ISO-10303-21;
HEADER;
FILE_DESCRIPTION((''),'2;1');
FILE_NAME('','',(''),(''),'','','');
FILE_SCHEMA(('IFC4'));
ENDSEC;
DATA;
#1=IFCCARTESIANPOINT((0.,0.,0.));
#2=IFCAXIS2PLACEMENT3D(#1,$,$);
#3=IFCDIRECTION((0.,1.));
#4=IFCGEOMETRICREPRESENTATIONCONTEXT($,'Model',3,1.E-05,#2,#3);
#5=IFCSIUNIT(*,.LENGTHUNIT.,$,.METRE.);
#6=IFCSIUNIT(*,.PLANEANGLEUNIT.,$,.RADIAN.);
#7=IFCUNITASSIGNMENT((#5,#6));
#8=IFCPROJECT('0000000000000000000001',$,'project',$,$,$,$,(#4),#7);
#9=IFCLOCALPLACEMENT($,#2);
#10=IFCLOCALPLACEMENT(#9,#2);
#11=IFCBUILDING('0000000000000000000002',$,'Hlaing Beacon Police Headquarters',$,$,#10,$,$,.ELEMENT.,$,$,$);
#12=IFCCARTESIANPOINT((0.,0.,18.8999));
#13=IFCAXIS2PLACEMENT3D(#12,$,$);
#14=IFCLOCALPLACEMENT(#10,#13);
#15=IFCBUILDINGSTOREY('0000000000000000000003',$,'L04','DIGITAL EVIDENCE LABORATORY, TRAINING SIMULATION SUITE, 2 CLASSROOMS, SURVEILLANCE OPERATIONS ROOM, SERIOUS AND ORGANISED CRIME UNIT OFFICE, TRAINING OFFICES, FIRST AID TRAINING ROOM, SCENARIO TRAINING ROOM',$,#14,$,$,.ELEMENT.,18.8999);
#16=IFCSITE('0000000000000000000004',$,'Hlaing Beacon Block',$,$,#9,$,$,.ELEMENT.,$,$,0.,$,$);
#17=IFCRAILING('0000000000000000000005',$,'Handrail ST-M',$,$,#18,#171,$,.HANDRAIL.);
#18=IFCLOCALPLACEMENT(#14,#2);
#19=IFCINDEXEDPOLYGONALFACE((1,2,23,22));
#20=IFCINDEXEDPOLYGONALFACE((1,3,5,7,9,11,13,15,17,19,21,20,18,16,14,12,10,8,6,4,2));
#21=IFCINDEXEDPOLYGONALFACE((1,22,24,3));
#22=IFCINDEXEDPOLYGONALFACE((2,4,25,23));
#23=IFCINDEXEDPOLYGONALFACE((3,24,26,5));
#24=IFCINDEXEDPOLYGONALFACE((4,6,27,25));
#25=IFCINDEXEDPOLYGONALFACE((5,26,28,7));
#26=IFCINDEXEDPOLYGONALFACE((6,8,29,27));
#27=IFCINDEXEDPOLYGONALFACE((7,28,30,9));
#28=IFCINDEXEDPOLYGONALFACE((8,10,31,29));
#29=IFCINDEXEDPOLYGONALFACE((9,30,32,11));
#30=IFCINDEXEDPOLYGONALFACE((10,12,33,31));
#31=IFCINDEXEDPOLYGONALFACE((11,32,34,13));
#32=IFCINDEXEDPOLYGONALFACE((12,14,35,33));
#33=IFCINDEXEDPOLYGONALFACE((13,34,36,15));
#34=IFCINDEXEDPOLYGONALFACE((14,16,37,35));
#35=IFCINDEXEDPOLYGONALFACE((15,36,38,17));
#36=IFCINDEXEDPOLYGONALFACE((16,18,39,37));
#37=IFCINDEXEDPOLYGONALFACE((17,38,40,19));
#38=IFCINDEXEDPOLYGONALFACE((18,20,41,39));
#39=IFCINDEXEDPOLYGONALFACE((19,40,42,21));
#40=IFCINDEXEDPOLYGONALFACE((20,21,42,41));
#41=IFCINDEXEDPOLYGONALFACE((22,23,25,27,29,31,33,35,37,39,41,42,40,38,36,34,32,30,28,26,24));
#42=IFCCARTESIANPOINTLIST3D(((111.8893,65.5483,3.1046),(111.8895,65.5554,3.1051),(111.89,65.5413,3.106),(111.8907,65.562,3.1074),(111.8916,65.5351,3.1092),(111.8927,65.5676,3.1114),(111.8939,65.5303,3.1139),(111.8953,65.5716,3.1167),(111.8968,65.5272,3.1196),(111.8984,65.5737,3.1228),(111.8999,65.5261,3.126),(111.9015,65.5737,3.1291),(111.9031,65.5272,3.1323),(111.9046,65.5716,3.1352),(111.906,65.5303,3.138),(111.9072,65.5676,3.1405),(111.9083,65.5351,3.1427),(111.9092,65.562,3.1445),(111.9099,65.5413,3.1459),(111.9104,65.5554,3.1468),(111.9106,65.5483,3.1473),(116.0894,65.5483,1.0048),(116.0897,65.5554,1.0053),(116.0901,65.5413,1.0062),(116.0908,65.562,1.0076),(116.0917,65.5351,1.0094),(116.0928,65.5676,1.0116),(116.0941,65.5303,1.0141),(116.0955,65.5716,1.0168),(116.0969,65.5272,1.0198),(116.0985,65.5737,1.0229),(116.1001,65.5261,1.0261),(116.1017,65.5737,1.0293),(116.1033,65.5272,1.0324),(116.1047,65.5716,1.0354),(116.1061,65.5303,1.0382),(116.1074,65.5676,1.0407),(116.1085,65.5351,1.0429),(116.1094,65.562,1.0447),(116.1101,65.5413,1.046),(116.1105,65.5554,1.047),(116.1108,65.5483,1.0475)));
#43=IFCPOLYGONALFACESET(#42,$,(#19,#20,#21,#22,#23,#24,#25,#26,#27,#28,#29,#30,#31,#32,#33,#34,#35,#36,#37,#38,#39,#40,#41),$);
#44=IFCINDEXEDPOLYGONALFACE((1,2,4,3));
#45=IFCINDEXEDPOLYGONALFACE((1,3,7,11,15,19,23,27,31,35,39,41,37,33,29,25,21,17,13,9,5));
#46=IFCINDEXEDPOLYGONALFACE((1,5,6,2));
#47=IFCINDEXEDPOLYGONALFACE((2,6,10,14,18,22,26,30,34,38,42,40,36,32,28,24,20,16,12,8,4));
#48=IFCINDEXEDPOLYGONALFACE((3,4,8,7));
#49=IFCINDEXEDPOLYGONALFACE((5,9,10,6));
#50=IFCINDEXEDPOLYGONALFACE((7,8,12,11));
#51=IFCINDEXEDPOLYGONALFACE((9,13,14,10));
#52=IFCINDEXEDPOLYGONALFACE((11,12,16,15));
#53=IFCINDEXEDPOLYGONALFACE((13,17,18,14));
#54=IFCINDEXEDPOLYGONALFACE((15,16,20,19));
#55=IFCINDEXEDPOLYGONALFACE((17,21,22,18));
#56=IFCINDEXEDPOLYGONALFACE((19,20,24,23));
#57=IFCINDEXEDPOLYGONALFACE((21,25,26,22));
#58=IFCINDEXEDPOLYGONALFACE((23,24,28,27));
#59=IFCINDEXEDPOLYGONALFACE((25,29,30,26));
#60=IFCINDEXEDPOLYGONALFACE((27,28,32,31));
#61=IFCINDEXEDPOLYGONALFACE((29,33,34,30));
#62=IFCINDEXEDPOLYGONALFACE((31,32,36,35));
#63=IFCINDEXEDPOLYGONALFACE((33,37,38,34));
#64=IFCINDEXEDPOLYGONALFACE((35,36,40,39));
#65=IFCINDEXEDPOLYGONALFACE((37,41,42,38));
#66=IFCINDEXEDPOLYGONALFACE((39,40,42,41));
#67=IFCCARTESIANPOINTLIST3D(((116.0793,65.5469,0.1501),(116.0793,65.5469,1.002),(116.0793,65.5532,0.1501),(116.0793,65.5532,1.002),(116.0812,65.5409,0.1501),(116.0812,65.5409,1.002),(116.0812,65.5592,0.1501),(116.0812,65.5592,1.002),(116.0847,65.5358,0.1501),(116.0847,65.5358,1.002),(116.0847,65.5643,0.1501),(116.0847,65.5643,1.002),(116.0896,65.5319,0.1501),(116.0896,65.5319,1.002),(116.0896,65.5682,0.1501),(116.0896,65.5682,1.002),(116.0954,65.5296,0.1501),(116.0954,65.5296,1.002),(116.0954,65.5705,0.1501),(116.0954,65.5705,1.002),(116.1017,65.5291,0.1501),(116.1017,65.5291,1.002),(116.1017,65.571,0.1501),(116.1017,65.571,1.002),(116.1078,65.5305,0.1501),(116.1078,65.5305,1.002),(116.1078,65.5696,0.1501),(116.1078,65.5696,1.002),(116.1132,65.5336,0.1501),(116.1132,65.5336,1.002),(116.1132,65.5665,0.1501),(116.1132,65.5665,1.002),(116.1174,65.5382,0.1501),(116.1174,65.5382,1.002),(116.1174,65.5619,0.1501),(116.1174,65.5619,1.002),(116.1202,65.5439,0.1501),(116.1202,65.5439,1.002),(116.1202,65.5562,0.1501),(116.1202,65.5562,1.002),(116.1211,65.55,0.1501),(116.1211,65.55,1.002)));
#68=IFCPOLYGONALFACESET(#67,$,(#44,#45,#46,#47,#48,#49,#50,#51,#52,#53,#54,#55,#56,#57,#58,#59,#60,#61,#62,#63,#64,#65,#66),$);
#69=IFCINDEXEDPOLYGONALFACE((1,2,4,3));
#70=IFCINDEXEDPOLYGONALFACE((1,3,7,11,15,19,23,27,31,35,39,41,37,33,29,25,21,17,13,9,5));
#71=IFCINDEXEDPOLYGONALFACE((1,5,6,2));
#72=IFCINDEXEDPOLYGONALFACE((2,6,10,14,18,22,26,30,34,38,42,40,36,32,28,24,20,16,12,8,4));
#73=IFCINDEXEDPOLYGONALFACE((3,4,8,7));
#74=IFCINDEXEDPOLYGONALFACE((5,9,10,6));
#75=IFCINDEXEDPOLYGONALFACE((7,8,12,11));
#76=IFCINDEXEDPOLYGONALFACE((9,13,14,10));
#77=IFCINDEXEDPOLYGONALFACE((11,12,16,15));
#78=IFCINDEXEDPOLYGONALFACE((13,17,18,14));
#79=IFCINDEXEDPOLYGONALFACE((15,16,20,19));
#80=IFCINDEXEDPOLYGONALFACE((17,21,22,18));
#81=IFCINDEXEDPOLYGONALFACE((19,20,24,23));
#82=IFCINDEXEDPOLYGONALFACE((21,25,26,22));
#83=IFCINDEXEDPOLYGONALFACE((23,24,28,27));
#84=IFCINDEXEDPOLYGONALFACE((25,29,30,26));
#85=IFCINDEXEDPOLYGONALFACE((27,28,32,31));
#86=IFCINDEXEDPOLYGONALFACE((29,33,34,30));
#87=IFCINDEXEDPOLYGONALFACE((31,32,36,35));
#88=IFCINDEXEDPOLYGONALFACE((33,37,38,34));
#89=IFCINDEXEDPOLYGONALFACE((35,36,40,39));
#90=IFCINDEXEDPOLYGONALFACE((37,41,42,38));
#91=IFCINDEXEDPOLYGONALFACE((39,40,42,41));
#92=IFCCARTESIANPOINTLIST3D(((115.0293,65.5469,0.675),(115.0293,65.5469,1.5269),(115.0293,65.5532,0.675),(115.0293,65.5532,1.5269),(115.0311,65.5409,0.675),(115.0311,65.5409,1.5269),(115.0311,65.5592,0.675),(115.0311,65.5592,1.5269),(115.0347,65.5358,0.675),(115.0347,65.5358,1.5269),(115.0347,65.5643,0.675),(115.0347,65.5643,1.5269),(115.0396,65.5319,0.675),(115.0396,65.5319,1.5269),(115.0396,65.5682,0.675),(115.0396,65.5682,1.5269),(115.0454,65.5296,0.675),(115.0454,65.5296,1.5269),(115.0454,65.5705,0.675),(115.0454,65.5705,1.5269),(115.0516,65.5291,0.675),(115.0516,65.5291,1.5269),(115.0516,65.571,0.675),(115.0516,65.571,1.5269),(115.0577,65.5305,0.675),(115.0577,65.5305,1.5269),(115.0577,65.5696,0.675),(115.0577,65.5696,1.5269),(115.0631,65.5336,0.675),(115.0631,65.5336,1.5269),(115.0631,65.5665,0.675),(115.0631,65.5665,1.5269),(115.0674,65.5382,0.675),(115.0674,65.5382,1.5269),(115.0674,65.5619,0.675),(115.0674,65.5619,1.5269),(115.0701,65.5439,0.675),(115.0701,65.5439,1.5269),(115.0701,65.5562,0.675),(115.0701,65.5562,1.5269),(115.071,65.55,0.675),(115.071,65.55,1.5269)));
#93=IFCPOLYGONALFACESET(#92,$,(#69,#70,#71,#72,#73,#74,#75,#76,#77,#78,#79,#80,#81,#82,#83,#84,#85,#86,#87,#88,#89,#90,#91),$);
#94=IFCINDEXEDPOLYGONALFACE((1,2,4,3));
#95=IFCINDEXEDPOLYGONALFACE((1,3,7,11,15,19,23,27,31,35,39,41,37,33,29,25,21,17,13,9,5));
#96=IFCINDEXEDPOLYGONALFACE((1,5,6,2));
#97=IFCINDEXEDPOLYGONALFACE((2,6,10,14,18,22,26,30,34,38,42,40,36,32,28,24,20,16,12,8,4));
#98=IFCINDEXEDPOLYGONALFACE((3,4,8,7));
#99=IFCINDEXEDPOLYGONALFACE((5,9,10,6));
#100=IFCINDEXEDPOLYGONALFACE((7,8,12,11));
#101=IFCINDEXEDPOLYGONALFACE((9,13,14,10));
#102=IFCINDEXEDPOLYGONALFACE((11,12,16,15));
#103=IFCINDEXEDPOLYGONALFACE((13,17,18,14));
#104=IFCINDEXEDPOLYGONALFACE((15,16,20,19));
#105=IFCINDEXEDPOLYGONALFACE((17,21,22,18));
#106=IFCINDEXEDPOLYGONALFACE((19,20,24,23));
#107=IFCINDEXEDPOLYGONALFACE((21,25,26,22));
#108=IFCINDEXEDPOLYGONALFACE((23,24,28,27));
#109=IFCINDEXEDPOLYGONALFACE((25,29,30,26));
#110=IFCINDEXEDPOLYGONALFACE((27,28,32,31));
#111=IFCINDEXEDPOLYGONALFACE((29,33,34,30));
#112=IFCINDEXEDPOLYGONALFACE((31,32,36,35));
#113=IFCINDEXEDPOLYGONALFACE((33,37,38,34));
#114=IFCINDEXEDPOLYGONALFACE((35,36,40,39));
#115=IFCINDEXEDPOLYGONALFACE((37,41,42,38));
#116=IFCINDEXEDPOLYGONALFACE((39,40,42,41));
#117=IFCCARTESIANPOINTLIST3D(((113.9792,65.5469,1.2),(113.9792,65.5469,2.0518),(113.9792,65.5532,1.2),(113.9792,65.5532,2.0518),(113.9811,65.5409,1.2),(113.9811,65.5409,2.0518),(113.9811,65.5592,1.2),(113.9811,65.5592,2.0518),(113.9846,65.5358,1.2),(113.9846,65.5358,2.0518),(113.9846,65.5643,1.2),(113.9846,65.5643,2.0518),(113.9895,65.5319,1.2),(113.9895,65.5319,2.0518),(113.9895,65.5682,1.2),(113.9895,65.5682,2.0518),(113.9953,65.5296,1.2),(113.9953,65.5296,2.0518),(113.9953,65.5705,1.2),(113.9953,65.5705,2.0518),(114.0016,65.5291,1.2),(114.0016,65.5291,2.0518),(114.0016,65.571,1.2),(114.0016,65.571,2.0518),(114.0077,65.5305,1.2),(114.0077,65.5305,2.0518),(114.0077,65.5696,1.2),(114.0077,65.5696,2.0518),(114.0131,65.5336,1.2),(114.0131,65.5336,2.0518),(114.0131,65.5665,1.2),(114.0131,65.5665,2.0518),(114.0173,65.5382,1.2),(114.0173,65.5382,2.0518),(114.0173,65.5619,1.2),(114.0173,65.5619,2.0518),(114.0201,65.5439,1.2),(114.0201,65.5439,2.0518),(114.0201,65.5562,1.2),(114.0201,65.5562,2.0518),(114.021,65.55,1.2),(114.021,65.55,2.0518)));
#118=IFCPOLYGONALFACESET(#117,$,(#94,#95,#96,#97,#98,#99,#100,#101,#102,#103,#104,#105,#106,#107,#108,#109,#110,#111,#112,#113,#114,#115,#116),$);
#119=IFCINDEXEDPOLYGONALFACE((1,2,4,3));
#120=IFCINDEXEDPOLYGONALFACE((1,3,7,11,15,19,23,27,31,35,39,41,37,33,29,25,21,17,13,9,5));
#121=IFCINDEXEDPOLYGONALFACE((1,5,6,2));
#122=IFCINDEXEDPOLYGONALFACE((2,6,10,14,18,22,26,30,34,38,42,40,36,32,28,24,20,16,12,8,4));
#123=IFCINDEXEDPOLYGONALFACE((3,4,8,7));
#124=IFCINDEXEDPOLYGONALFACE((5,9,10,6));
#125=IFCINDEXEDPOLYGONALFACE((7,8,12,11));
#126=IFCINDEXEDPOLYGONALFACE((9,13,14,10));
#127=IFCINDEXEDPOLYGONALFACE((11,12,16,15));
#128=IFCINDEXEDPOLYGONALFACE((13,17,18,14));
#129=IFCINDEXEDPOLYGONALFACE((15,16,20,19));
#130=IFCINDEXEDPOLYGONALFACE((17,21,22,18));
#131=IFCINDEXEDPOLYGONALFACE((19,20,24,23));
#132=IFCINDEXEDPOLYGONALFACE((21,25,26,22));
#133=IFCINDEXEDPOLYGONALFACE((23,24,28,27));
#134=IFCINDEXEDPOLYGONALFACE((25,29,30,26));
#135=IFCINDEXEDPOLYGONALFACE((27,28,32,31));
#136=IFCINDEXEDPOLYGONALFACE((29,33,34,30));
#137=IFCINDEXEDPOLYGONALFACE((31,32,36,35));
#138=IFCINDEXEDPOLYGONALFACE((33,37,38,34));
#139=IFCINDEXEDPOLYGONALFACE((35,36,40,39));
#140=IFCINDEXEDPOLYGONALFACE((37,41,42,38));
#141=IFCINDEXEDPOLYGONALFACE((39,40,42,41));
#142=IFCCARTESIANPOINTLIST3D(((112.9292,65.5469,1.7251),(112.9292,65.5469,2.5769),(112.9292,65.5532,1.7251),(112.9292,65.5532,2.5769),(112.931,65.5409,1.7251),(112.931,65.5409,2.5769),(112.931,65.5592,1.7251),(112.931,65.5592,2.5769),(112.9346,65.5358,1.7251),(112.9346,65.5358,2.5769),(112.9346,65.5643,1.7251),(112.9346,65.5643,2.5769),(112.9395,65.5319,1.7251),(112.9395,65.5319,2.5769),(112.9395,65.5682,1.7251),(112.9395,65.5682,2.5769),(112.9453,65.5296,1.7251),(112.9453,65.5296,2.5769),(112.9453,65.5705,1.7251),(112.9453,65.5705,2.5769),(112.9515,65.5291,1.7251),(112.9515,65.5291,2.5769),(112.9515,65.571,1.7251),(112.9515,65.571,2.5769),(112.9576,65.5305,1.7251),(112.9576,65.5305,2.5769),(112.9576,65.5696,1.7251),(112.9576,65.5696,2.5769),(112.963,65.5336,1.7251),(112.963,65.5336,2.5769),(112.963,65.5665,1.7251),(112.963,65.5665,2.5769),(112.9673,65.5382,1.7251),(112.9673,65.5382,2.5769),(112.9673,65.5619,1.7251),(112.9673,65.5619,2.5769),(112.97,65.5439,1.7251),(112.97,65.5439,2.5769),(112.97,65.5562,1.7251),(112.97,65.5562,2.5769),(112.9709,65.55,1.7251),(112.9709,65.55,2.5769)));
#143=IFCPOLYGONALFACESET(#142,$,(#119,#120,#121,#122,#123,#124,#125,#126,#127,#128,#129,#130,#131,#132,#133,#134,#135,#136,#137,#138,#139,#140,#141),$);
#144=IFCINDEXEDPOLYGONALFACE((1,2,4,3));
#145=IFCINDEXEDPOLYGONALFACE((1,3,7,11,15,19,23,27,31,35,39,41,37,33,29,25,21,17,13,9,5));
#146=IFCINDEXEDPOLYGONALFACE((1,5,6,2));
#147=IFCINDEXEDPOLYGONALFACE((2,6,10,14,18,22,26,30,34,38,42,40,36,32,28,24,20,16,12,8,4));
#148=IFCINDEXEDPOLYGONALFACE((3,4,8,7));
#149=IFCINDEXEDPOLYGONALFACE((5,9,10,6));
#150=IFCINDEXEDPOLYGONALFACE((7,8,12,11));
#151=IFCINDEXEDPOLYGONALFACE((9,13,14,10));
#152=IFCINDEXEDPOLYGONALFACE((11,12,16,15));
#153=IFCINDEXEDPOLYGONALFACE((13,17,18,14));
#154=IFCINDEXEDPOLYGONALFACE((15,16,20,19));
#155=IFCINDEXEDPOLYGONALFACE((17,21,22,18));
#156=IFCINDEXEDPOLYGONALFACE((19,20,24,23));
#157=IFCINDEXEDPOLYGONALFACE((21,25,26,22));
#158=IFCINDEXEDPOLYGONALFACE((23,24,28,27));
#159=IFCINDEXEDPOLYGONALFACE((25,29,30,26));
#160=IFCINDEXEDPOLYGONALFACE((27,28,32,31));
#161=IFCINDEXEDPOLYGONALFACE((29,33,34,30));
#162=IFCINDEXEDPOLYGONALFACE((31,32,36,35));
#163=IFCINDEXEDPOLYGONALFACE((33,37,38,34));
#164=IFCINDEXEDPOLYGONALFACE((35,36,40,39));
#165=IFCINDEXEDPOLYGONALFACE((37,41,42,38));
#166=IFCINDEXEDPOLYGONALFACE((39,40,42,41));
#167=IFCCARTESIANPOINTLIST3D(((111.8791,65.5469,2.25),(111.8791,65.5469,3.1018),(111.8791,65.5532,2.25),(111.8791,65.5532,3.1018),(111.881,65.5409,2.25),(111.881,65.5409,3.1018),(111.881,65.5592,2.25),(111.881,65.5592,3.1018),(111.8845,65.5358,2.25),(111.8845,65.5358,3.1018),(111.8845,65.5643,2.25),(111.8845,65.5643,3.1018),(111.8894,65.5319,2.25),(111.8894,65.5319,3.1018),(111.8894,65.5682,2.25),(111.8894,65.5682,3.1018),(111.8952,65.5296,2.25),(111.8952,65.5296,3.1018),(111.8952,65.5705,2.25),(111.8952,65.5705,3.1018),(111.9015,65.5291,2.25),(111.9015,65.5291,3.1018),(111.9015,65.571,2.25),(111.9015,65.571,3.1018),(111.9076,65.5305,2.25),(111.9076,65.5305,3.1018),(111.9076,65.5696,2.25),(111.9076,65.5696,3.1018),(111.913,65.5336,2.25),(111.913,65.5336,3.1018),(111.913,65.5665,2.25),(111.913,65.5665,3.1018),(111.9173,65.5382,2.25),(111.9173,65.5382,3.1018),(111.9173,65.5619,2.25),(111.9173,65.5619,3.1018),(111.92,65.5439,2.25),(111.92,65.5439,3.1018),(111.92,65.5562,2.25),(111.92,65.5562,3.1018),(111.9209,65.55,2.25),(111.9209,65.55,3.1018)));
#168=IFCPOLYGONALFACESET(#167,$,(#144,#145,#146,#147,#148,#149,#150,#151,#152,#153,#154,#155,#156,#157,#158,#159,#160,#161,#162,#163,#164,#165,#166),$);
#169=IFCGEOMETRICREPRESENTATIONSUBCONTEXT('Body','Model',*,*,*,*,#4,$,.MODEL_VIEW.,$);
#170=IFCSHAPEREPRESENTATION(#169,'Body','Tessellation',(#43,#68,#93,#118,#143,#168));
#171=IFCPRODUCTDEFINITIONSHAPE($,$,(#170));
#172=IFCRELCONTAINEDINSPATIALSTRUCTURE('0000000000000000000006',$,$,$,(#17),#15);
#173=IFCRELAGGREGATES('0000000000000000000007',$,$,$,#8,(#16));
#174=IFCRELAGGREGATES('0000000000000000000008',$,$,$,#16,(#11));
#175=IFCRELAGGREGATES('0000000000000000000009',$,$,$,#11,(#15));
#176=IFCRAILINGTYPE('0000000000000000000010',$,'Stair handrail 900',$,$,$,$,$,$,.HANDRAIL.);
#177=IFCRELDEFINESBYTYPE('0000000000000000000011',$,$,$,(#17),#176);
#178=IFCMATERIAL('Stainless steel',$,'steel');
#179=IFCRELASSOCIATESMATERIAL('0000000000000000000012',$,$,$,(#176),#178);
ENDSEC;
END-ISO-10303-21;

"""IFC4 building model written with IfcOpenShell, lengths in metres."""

from ifc_helpers import new_model, si_unit, direction, frame, origin, origin_2d, place, context, subcontext, project, spatial, circle, extrude, material, type_object, element, save


model = new_model("IFC4")

# Units and contexts
model_context = context("Model", 3, precision=1e-05, world=origin(), true_north=direction((0.0, 1.0)))
body_context = subcontext(model_context, "Body", "Model", "MODEL_VIEW")
ifc_project = project(units=[si_unit("LENGTHUNIT", "METRE"), si_unit("PLANEANGLEUNIT", "RADIAN")], contexts=[model_context])

# Site, building, storey
site_placement = place(None, origin())
site = spatial("IfcSite", under=ifc_project, at=site_placement, Name="Hlaing Beacon Block", CompositionType="ELEMENT", RefElevation=0.0)
building_placement = place(site_placement, origin())
building = spatial("IfcBuilding", under=site, at=building_placement, Name="Hlaing Beacon Police Headquarters", CompositionType="ELEMENT")
storey_placement = place(building_placement, frame((0.0, 0.0, 18.8999)))
storey = spatial("IfcBuildingStorey", under=building, at=storey_placement, Name="L04", Description="DIGITAL EVIDENCE LABORATORY, TRAINING SIMULATION SUITE, 2 CLASSROOMS, SURVEILLANCE OPERATIONS ROOM, SERIOUS AND ORGANISED CRIME UNIT OFFICE, TRAINING OFFICES, FIRST AID TRAINING ROOM, SCENARIO TRAINING ROOM", CompositionType="ELEMENT", Elevation=18.8999)

# Railing
ifc_material_1 = material(Name="Stainless steel", Category="steel")
railing_type = type_object("IfcRailingType", Name="Stair handrail 900", PredefinedType="HANDRAIL", material=ifc_material_1)
for number, where, name in (
    (1, (116.1001, 65.55, 0.1501), "Handrail ST-M"),
):
    element("IfcRailing", number, at=place(storey_placement, frame(where)), inside=storey, type_object=railing_type, Name=name, PredefinedType="HANDRAIL", context=body_context, shape_type="SweptSolid", body=[
        extrude(circle(Radius=0.0239, at=origin_2d()), frame((0.0, 0.0, 0.876), z_axis=(-0.894448, 0.0, 0.447172), x_axis=(0.0, -1.0, 0.0)), (0.0, 0.0, 1.0), 4.6958),
        extrude(circle(Radius=0.021, at=origin_2d()), origin(), (0.0, 0.0, 1.0), 0.8518),
        extrude(circle(Radius=0.021, at=origin_2d()), frame((-1.05, 0.0, 0.5249)), (0.0, 0.0, 1.0), 0.8518),
        extrude(circle(Radius=0.021, at=origin_2d()), frame((-2.1001, 0.0, 1.0498)), (0.0, 0.0, 1.0), 0.8518),
        extrude(circle(Radius=0.021, at=origin_2d()), frame((-3.1501, 0.0, 1.575)), (0.0, 0.0, 1.0), 0.8518),
        extrude(circle(Radius=0.021, at=origin_2d()), frame((-4.2002, 0.0, 2.0999)), (0.0, 0.0, 1.0), 0.8518),
    ])

save(model, "model.ifc")
